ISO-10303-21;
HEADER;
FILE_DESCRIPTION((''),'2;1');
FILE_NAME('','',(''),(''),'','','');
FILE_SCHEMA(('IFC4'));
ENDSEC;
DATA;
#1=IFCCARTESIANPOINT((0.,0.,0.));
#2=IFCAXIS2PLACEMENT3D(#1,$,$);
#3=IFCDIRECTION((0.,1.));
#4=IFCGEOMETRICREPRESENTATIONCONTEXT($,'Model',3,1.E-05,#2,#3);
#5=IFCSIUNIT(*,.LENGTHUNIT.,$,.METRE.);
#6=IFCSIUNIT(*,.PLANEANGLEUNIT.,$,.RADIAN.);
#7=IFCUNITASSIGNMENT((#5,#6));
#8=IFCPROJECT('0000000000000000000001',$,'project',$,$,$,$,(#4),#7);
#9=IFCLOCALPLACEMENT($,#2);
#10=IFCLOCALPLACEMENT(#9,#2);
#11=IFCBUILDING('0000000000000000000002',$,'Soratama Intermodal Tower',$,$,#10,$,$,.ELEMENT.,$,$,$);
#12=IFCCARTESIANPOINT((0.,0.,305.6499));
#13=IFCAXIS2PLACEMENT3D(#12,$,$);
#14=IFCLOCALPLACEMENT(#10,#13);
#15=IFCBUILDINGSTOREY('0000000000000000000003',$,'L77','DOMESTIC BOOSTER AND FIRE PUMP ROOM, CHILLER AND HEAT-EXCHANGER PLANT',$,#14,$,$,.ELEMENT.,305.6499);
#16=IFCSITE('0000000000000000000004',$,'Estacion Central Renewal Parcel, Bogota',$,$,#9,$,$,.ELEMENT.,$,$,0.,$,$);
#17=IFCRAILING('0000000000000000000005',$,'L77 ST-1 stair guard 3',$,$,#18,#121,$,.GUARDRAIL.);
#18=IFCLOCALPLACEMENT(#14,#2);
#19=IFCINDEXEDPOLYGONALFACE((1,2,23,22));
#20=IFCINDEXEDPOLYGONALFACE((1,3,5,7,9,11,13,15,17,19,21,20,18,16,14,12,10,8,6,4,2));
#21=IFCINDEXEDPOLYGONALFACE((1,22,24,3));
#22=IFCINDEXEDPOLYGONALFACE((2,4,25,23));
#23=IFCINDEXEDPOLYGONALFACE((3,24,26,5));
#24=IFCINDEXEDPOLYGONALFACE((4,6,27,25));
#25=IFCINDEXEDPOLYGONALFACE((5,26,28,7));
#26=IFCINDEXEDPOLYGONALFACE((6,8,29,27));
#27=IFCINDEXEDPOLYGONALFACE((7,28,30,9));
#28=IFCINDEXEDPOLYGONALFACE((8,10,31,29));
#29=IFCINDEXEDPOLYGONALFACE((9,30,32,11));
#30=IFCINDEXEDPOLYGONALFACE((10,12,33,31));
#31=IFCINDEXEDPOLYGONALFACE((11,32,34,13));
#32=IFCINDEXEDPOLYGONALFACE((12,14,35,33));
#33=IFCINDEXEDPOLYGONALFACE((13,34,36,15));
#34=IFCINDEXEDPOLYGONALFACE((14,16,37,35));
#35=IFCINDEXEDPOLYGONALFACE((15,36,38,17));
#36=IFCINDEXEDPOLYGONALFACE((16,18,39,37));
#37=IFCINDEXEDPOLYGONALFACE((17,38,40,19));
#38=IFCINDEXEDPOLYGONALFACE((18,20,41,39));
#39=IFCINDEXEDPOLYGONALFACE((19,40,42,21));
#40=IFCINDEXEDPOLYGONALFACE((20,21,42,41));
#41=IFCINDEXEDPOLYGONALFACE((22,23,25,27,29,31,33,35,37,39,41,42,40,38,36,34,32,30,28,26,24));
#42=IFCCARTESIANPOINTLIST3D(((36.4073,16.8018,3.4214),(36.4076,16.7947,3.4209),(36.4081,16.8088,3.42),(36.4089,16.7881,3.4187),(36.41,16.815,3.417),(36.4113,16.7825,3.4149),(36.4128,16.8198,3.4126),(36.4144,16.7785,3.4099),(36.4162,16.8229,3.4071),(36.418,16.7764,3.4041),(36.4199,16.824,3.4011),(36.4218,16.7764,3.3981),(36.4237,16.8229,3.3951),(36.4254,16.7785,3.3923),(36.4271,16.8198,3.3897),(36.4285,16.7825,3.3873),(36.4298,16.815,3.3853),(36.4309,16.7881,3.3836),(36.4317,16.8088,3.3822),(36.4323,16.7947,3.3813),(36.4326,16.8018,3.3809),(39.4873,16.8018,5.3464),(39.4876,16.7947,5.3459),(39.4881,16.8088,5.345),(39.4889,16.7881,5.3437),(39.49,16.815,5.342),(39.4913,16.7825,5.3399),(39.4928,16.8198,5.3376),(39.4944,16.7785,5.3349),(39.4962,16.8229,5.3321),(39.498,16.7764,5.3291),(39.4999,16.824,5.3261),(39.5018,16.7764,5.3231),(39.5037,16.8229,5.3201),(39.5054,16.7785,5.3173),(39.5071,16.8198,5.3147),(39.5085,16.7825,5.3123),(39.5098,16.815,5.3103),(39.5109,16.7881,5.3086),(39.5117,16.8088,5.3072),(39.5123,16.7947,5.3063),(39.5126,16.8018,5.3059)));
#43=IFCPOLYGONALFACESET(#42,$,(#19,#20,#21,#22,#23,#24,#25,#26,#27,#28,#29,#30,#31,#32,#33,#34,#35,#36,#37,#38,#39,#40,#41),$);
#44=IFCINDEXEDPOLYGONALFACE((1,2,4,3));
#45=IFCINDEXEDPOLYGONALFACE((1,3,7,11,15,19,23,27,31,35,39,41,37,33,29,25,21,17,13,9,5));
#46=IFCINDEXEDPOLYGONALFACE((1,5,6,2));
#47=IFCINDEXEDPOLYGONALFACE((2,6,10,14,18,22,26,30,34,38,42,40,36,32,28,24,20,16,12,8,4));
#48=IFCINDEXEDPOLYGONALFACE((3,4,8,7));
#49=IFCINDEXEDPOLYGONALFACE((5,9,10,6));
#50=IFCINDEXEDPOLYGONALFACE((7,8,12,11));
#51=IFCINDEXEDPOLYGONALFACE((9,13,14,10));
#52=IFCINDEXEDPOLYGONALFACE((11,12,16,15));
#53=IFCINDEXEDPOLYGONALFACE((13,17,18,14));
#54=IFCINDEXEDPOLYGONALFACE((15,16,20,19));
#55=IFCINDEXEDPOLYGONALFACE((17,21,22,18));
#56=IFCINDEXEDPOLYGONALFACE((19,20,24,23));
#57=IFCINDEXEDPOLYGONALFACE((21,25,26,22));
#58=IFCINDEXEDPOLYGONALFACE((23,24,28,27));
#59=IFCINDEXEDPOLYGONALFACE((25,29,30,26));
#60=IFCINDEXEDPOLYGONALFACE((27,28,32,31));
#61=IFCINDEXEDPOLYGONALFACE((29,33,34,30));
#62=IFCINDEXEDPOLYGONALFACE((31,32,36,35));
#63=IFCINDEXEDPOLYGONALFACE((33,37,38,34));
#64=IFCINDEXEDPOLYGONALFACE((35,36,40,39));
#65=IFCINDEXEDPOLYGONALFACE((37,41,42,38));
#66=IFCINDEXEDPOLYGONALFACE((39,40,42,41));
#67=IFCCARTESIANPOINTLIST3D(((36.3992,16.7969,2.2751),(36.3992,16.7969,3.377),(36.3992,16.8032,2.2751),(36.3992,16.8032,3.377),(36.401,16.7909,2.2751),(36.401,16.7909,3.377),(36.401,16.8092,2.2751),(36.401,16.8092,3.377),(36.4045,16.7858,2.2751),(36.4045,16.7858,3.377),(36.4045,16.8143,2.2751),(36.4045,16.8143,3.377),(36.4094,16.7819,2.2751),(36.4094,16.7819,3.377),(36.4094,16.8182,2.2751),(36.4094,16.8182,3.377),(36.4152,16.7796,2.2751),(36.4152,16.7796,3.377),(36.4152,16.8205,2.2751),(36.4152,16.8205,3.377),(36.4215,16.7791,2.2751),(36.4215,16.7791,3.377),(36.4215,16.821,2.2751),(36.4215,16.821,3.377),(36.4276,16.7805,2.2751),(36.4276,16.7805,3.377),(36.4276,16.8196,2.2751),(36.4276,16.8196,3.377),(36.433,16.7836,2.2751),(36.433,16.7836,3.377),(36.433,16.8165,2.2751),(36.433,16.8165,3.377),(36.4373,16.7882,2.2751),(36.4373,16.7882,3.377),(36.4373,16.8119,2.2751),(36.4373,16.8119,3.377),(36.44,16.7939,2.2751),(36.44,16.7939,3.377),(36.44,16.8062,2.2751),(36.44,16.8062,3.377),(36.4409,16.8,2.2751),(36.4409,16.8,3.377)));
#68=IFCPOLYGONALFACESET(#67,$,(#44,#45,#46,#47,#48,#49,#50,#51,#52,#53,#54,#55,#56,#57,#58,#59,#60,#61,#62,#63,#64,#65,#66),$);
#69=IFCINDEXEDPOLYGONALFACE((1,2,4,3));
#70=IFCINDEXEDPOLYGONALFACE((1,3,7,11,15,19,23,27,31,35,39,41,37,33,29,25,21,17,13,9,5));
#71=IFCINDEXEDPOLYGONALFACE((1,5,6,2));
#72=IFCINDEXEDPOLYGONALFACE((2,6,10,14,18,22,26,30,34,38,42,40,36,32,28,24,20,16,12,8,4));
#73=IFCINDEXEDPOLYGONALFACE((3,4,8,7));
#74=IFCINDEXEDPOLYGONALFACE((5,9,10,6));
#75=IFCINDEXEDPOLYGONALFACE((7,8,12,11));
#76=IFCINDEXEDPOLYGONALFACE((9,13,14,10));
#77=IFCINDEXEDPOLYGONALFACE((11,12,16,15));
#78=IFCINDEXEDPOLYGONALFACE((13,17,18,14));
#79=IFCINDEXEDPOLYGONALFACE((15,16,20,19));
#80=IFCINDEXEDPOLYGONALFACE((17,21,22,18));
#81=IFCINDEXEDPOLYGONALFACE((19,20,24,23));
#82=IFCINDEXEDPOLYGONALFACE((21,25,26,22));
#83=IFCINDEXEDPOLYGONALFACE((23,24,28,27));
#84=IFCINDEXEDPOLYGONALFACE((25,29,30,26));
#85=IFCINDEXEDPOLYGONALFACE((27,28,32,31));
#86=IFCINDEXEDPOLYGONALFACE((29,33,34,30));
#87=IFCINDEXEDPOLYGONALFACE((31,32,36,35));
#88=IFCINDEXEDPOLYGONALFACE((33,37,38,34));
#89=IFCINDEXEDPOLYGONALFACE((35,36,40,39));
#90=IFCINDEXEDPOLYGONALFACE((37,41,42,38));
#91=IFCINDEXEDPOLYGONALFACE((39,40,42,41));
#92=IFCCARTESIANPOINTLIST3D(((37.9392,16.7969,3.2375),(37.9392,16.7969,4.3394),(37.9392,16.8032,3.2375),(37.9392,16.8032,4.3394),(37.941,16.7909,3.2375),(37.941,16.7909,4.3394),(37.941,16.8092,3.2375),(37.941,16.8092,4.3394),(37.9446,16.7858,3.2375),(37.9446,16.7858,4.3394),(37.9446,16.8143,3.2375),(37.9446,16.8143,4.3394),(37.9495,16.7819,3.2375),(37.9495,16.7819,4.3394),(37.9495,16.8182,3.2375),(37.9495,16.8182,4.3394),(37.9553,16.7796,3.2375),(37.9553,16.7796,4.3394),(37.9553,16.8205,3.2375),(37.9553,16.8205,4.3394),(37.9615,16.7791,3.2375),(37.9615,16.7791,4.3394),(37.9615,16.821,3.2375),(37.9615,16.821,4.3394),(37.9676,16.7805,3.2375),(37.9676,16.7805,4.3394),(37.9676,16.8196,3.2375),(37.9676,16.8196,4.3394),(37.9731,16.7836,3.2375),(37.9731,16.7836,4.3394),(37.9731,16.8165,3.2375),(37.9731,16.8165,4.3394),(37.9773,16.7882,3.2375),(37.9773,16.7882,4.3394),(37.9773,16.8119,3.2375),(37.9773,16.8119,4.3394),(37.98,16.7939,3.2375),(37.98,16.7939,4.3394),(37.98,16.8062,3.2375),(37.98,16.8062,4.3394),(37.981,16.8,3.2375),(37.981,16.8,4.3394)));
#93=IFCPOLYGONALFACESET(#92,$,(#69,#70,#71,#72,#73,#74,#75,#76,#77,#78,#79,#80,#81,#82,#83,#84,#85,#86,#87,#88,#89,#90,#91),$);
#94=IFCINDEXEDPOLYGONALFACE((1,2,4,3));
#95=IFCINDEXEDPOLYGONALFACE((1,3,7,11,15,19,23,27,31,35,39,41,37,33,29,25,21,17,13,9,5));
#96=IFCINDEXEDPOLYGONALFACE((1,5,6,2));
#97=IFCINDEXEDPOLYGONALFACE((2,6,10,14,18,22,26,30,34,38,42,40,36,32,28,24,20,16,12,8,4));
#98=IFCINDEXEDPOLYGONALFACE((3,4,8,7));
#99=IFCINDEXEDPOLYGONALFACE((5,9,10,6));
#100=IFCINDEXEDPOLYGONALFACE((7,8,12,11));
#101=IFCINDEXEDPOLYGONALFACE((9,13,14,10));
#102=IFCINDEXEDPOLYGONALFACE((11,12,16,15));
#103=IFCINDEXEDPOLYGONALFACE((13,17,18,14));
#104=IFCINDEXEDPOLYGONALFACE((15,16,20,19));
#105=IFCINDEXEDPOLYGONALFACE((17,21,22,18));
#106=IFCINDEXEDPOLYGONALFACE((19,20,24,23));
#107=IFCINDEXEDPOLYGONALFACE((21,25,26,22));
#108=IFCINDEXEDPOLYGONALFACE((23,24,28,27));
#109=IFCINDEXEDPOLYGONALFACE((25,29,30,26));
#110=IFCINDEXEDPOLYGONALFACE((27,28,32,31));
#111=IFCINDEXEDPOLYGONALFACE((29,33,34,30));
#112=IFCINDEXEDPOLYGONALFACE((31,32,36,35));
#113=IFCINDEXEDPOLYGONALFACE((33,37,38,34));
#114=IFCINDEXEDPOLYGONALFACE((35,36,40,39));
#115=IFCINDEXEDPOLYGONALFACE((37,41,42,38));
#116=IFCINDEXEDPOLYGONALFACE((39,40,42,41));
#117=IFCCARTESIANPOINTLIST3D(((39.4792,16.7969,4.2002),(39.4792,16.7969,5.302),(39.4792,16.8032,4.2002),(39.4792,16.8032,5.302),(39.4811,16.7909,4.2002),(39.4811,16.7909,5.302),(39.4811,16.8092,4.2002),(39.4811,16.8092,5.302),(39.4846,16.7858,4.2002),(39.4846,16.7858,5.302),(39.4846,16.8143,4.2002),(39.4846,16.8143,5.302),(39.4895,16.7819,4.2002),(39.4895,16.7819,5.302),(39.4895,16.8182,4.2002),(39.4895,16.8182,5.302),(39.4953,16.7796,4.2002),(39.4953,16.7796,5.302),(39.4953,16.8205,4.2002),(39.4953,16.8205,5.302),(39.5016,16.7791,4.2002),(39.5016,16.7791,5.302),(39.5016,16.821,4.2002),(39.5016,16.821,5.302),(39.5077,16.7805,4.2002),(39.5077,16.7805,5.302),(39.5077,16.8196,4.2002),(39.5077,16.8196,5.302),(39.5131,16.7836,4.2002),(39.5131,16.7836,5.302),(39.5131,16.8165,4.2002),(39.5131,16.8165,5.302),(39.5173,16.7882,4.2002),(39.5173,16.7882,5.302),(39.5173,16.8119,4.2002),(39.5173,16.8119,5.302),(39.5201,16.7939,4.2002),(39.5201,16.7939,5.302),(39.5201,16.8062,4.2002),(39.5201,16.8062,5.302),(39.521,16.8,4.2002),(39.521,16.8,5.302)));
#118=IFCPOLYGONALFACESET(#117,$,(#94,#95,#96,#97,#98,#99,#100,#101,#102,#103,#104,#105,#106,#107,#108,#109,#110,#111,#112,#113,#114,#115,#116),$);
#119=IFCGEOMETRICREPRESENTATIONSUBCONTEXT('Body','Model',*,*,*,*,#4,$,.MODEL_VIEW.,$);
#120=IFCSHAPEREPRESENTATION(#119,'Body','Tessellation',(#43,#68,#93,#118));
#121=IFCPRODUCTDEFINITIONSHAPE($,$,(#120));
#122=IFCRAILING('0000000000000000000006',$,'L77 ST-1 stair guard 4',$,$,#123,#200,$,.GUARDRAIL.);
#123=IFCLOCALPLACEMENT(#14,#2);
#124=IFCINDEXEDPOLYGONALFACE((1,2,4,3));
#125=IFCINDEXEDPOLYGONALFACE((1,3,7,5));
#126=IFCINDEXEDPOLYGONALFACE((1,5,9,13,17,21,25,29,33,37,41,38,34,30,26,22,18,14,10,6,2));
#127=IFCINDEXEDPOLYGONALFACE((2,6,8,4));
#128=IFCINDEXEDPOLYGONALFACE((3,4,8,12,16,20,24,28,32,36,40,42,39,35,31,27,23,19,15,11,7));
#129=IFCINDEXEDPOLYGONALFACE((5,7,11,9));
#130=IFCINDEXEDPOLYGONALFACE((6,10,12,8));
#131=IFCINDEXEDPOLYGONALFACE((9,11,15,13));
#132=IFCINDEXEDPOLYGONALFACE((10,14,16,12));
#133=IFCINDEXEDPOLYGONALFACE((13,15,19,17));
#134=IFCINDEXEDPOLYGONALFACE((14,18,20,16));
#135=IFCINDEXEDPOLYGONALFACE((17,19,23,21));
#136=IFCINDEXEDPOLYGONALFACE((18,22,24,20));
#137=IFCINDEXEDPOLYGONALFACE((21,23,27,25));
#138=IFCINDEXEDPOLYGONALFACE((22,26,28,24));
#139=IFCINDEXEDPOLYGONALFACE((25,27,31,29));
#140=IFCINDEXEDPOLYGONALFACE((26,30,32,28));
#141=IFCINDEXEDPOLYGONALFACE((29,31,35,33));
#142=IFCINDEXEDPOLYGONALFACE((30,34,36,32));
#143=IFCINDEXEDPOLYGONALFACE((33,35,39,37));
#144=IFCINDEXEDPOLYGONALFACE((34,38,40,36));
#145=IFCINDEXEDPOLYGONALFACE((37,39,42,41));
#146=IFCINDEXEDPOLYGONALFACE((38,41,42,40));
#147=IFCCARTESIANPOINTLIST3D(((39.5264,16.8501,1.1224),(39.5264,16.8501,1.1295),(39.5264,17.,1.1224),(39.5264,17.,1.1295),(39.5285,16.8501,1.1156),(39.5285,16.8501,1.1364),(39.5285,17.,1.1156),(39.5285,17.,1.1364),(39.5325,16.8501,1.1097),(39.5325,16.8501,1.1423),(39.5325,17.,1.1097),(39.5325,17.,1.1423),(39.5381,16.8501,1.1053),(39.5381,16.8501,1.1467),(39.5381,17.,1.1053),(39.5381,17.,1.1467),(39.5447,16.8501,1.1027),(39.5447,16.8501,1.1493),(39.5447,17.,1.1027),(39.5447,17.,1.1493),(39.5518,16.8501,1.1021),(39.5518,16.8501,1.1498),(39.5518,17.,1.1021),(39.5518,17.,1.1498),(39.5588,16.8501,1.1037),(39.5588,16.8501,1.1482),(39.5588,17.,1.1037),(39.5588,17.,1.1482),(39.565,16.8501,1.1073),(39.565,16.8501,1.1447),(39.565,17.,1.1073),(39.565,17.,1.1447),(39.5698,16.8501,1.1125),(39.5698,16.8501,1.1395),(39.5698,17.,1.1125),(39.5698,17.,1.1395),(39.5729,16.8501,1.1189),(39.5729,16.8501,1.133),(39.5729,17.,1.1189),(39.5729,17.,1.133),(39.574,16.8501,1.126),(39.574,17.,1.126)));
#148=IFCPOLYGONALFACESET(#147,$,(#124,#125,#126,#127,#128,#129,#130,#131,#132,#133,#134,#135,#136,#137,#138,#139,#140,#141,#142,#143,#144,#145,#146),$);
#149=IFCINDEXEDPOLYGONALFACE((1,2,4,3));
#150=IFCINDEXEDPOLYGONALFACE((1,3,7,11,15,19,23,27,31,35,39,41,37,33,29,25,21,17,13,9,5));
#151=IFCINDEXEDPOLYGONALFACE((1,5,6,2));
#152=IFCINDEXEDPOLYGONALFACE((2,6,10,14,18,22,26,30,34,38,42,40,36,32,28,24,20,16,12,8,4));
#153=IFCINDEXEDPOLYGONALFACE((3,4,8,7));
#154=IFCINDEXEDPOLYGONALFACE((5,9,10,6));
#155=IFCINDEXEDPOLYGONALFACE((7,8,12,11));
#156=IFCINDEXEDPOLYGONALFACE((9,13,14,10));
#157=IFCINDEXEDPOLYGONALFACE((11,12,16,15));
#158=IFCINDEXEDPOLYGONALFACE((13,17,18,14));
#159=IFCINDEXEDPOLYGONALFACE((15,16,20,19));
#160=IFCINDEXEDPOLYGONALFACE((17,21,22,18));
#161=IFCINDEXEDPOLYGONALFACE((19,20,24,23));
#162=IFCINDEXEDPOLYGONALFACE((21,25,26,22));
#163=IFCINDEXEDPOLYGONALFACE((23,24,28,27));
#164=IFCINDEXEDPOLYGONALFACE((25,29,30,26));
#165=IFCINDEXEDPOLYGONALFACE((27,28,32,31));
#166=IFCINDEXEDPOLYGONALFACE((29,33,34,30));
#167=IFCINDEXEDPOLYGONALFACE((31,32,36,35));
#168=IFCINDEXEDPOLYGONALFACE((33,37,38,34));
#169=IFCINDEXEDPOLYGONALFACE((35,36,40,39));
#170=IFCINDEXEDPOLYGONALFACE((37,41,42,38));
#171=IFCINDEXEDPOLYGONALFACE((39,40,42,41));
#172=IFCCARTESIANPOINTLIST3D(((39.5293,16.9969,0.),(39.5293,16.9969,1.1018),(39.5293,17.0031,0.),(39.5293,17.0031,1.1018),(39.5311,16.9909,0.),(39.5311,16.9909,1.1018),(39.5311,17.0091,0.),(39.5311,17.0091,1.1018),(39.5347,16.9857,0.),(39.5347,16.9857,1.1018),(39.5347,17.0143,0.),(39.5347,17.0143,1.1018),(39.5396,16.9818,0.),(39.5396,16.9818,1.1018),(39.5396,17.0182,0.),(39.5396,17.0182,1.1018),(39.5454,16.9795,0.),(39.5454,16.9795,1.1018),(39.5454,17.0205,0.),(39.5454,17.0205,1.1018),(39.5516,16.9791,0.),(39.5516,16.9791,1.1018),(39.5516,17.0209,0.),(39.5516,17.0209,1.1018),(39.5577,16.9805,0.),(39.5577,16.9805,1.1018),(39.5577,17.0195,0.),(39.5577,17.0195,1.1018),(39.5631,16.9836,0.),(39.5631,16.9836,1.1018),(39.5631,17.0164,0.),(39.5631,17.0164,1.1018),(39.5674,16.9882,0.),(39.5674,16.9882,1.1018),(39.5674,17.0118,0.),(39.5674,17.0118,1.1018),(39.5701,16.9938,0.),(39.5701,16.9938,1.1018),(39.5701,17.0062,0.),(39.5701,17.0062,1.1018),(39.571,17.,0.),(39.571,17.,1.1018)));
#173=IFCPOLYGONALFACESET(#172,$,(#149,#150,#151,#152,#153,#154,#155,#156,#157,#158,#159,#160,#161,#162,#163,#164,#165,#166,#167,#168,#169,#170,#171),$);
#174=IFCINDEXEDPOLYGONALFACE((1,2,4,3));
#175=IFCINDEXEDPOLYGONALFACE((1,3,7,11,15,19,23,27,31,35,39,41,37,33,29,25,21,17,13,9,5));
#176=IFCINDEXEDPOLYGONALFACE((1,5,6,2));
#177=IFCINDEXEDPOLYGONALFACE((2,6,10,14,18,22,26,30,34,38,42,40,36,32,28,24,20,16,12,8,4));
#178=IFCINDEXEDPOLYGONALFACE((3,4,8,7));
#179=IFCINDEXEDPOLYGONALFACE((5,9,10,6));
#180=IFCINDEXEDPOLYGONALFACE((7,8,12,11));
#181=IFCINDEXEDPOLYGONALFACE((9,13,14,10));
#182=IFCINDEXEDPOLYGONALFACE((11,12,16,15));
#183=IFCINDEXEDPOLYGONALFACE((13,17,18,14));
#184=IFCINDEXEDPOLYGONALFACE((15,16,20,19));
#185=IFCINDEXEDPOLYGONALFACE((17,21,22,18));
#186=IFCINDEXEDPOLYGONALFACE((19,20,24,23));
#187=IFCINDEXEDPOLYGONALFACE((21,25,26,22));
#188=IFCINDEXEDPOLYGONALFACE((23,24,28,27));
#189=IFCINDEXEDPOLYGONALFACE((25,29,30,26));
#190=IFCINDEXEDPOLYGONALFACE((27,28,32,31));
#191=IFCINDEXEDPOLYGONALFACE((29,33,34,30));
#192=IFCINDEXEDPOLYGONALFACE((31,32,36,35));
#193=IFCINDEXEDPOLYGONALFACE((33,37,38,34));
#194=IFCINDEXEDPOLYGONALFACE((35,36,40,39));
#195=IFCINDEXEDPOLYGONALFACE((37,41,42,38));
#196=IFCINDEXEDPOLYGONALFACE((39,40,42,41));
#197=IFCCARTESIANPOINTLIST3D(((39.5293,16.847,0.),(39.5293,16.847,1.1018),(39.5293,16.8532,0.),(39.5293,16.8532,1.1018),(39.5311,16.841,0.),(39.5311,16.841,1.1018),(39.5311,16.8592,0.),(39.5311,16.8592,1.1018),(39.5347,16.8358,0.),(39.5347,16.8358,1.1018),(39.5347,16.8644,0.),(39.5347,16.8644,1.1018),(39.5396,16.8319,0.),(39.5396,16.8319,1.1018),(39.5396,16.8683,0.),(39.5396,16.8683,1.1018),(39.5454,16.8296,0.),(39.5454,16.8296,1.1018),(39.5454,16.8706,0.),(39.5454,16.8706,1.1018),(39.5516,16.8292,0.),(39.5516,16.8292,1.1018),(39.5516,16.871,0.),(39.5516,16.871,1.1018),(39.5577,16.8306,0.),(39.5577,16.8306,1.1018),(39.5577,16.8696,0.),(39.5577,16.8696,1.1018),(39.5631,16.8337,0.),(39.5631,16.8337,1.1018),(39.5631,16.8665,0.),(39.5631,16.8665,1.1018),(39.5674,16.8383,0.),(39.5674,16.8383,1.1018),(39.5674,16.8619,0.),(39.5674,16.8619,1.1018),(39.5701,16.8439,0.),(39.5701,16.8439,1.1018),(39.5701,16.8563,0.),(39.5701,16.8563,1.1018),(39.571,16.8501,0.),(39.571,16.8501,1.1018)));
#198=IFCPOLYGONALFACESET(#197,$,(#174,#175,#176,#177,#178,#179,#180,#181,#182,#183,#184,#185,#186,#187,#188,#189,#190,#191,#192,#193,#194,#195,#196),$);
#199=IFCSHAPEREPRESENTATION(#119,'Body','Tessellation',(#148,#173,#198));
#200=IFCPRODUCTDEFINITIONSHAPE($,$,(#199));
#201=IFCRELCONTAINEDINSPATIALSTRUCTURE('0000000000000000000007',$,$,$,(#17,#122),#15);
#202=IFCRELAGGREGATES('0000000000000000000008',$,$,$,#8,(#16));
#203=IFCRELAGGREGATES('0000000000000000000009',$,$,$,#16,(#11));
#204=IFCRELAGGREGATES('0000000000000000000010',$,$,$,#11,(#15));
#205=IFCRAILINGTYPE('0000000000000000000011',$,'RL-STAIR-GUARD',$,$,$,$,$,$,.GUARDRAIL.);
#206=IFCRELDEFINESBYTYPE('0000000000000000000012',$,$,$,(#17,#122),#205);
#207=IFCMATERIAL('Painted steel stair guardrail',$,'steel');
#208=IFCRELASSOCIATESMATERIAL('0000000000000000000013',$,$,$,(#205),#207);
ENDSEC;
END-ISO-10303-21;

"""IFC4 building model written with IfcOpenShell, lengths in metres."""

from ifc_helpers import new_model, si_unit, direction, frame, origin, origin_2d, place, context, subcontext, project, spatial, circle, extrude, material, type_object, element, save


model = new_model("IFC4")

# Units and contexts
model_context = context("Model", 3, precision=1e-05, world=origin(), true_north=direction((0.0, 1.0)))
body_context = subcontext(model_context, "Body", "Model", "MODEL_VIEW")
ifc_project = project(units=[si_unit("LENGTHUNIT", "METRE"), si_unit("PLANEANGLEUNIT", "RADIAN")], contexts=[model_context])

# Site, building, storey
site_placement = place(None, origin())
site = spatial("IfcSite", under=ifc_project, at=site_placement, Name="Estacion Central Renewal Parcel, Bogota", CompositionType="ELEMENT", RefElevation=0.0)
building_placement = place(site_placement, origin())
building = spatial("IfcBuilding", under=site, at=building_placement, Name="Soratama Intermodal Tower", CompositionType="ELEMENT")
storey_placement = place(building_placement, frame((0.0, 0.0, 305.6499)))
storey = spatial("IfcBuildingStorey", under=building, at=storey_placement, Name="L77", Description="DOMESTIC BOOSTER AND FIRE PUMP ROOM, CHILLER AND HEAT-EXCHANGER PLANT", CompositionType="ELEMENT", Elevation=305.6499)

# Railings
ifc_material_1 = material(Name="Painted steel stair guardrail", Category="steel")
railing_type_1 = type_object("IfcRailingType", Name="RL-STAIR-GUARD", PredefinedType="GUARDRAIL", material=ifc_material_1)
railing_1_placement = place(storey_placement, frame((36.4199, 16.8, 2.2751)))
element("IfcRailing", 1, at=railing_1_placement, inside=storey, type_object=railing_type_1, Name="L77 ST-1 stair guard 3", PredefinedType="GUARDRAIL", context=body_context, shape_type="SweptSolid", body=[
    extrude(circle(Radius=0.0239, at=origin_2d()), frame((0.0, 0.0, 1.126), z_axis=(0.847998, 0.0, 0.529999), x_axis=(0.0, 1.0, 0.0)), (0.0, 0.0, 1.0), 3.6321),
    extrude(circle(Radius=0.021, at=origin_2d()), origin(), (0.0, 0.0, 1.0), 1.1018),
    extrude(circle(Radius=0.021, at=origin_2d()), frame((1.54, 0.0, 0.9624)), (0.0, 0.0, 1.0), 1.1018),
    extrude(circle(Radius=0.021, at=origin_2d()), frame((3.0801, 0.0, 1.925)), (0.0, 0.0, 1.0), 1.1018),
])
railing_2_placement = place(storey_placement, frame((39.55, 17.0, 0.0)))
element("IfcRailing", 2, at=railing_2_placement, inside=storey, type_object=railing_type_1, Name="L77 ST-1 stair guard 4", PredefinedType="GUARDRAIL", context=body_context, shape_type="SweptSolid", body=[
    extrude(circle(Radius=0.0239, at=origin_2d()), frame((0.0, 0.0, 1.126), z_axis=(0.0, -1.0, 0.0), x_axis=(1.0, 0.0, 0.0)), (0.0, 0.0, 1.0), 0.1499),
    extrude(circle(Radius=0.021, at=origin_2d()), origin(), (0.0, 0.0, 1.0), 1.1018),
    extrude(circle(Radius=0.021, at=origin_2d()), frame((0.0, -0.1499, 0.0)), (0.0, 0.0, 1.0), 1.1018),
])

save(model, "model.ifc")
